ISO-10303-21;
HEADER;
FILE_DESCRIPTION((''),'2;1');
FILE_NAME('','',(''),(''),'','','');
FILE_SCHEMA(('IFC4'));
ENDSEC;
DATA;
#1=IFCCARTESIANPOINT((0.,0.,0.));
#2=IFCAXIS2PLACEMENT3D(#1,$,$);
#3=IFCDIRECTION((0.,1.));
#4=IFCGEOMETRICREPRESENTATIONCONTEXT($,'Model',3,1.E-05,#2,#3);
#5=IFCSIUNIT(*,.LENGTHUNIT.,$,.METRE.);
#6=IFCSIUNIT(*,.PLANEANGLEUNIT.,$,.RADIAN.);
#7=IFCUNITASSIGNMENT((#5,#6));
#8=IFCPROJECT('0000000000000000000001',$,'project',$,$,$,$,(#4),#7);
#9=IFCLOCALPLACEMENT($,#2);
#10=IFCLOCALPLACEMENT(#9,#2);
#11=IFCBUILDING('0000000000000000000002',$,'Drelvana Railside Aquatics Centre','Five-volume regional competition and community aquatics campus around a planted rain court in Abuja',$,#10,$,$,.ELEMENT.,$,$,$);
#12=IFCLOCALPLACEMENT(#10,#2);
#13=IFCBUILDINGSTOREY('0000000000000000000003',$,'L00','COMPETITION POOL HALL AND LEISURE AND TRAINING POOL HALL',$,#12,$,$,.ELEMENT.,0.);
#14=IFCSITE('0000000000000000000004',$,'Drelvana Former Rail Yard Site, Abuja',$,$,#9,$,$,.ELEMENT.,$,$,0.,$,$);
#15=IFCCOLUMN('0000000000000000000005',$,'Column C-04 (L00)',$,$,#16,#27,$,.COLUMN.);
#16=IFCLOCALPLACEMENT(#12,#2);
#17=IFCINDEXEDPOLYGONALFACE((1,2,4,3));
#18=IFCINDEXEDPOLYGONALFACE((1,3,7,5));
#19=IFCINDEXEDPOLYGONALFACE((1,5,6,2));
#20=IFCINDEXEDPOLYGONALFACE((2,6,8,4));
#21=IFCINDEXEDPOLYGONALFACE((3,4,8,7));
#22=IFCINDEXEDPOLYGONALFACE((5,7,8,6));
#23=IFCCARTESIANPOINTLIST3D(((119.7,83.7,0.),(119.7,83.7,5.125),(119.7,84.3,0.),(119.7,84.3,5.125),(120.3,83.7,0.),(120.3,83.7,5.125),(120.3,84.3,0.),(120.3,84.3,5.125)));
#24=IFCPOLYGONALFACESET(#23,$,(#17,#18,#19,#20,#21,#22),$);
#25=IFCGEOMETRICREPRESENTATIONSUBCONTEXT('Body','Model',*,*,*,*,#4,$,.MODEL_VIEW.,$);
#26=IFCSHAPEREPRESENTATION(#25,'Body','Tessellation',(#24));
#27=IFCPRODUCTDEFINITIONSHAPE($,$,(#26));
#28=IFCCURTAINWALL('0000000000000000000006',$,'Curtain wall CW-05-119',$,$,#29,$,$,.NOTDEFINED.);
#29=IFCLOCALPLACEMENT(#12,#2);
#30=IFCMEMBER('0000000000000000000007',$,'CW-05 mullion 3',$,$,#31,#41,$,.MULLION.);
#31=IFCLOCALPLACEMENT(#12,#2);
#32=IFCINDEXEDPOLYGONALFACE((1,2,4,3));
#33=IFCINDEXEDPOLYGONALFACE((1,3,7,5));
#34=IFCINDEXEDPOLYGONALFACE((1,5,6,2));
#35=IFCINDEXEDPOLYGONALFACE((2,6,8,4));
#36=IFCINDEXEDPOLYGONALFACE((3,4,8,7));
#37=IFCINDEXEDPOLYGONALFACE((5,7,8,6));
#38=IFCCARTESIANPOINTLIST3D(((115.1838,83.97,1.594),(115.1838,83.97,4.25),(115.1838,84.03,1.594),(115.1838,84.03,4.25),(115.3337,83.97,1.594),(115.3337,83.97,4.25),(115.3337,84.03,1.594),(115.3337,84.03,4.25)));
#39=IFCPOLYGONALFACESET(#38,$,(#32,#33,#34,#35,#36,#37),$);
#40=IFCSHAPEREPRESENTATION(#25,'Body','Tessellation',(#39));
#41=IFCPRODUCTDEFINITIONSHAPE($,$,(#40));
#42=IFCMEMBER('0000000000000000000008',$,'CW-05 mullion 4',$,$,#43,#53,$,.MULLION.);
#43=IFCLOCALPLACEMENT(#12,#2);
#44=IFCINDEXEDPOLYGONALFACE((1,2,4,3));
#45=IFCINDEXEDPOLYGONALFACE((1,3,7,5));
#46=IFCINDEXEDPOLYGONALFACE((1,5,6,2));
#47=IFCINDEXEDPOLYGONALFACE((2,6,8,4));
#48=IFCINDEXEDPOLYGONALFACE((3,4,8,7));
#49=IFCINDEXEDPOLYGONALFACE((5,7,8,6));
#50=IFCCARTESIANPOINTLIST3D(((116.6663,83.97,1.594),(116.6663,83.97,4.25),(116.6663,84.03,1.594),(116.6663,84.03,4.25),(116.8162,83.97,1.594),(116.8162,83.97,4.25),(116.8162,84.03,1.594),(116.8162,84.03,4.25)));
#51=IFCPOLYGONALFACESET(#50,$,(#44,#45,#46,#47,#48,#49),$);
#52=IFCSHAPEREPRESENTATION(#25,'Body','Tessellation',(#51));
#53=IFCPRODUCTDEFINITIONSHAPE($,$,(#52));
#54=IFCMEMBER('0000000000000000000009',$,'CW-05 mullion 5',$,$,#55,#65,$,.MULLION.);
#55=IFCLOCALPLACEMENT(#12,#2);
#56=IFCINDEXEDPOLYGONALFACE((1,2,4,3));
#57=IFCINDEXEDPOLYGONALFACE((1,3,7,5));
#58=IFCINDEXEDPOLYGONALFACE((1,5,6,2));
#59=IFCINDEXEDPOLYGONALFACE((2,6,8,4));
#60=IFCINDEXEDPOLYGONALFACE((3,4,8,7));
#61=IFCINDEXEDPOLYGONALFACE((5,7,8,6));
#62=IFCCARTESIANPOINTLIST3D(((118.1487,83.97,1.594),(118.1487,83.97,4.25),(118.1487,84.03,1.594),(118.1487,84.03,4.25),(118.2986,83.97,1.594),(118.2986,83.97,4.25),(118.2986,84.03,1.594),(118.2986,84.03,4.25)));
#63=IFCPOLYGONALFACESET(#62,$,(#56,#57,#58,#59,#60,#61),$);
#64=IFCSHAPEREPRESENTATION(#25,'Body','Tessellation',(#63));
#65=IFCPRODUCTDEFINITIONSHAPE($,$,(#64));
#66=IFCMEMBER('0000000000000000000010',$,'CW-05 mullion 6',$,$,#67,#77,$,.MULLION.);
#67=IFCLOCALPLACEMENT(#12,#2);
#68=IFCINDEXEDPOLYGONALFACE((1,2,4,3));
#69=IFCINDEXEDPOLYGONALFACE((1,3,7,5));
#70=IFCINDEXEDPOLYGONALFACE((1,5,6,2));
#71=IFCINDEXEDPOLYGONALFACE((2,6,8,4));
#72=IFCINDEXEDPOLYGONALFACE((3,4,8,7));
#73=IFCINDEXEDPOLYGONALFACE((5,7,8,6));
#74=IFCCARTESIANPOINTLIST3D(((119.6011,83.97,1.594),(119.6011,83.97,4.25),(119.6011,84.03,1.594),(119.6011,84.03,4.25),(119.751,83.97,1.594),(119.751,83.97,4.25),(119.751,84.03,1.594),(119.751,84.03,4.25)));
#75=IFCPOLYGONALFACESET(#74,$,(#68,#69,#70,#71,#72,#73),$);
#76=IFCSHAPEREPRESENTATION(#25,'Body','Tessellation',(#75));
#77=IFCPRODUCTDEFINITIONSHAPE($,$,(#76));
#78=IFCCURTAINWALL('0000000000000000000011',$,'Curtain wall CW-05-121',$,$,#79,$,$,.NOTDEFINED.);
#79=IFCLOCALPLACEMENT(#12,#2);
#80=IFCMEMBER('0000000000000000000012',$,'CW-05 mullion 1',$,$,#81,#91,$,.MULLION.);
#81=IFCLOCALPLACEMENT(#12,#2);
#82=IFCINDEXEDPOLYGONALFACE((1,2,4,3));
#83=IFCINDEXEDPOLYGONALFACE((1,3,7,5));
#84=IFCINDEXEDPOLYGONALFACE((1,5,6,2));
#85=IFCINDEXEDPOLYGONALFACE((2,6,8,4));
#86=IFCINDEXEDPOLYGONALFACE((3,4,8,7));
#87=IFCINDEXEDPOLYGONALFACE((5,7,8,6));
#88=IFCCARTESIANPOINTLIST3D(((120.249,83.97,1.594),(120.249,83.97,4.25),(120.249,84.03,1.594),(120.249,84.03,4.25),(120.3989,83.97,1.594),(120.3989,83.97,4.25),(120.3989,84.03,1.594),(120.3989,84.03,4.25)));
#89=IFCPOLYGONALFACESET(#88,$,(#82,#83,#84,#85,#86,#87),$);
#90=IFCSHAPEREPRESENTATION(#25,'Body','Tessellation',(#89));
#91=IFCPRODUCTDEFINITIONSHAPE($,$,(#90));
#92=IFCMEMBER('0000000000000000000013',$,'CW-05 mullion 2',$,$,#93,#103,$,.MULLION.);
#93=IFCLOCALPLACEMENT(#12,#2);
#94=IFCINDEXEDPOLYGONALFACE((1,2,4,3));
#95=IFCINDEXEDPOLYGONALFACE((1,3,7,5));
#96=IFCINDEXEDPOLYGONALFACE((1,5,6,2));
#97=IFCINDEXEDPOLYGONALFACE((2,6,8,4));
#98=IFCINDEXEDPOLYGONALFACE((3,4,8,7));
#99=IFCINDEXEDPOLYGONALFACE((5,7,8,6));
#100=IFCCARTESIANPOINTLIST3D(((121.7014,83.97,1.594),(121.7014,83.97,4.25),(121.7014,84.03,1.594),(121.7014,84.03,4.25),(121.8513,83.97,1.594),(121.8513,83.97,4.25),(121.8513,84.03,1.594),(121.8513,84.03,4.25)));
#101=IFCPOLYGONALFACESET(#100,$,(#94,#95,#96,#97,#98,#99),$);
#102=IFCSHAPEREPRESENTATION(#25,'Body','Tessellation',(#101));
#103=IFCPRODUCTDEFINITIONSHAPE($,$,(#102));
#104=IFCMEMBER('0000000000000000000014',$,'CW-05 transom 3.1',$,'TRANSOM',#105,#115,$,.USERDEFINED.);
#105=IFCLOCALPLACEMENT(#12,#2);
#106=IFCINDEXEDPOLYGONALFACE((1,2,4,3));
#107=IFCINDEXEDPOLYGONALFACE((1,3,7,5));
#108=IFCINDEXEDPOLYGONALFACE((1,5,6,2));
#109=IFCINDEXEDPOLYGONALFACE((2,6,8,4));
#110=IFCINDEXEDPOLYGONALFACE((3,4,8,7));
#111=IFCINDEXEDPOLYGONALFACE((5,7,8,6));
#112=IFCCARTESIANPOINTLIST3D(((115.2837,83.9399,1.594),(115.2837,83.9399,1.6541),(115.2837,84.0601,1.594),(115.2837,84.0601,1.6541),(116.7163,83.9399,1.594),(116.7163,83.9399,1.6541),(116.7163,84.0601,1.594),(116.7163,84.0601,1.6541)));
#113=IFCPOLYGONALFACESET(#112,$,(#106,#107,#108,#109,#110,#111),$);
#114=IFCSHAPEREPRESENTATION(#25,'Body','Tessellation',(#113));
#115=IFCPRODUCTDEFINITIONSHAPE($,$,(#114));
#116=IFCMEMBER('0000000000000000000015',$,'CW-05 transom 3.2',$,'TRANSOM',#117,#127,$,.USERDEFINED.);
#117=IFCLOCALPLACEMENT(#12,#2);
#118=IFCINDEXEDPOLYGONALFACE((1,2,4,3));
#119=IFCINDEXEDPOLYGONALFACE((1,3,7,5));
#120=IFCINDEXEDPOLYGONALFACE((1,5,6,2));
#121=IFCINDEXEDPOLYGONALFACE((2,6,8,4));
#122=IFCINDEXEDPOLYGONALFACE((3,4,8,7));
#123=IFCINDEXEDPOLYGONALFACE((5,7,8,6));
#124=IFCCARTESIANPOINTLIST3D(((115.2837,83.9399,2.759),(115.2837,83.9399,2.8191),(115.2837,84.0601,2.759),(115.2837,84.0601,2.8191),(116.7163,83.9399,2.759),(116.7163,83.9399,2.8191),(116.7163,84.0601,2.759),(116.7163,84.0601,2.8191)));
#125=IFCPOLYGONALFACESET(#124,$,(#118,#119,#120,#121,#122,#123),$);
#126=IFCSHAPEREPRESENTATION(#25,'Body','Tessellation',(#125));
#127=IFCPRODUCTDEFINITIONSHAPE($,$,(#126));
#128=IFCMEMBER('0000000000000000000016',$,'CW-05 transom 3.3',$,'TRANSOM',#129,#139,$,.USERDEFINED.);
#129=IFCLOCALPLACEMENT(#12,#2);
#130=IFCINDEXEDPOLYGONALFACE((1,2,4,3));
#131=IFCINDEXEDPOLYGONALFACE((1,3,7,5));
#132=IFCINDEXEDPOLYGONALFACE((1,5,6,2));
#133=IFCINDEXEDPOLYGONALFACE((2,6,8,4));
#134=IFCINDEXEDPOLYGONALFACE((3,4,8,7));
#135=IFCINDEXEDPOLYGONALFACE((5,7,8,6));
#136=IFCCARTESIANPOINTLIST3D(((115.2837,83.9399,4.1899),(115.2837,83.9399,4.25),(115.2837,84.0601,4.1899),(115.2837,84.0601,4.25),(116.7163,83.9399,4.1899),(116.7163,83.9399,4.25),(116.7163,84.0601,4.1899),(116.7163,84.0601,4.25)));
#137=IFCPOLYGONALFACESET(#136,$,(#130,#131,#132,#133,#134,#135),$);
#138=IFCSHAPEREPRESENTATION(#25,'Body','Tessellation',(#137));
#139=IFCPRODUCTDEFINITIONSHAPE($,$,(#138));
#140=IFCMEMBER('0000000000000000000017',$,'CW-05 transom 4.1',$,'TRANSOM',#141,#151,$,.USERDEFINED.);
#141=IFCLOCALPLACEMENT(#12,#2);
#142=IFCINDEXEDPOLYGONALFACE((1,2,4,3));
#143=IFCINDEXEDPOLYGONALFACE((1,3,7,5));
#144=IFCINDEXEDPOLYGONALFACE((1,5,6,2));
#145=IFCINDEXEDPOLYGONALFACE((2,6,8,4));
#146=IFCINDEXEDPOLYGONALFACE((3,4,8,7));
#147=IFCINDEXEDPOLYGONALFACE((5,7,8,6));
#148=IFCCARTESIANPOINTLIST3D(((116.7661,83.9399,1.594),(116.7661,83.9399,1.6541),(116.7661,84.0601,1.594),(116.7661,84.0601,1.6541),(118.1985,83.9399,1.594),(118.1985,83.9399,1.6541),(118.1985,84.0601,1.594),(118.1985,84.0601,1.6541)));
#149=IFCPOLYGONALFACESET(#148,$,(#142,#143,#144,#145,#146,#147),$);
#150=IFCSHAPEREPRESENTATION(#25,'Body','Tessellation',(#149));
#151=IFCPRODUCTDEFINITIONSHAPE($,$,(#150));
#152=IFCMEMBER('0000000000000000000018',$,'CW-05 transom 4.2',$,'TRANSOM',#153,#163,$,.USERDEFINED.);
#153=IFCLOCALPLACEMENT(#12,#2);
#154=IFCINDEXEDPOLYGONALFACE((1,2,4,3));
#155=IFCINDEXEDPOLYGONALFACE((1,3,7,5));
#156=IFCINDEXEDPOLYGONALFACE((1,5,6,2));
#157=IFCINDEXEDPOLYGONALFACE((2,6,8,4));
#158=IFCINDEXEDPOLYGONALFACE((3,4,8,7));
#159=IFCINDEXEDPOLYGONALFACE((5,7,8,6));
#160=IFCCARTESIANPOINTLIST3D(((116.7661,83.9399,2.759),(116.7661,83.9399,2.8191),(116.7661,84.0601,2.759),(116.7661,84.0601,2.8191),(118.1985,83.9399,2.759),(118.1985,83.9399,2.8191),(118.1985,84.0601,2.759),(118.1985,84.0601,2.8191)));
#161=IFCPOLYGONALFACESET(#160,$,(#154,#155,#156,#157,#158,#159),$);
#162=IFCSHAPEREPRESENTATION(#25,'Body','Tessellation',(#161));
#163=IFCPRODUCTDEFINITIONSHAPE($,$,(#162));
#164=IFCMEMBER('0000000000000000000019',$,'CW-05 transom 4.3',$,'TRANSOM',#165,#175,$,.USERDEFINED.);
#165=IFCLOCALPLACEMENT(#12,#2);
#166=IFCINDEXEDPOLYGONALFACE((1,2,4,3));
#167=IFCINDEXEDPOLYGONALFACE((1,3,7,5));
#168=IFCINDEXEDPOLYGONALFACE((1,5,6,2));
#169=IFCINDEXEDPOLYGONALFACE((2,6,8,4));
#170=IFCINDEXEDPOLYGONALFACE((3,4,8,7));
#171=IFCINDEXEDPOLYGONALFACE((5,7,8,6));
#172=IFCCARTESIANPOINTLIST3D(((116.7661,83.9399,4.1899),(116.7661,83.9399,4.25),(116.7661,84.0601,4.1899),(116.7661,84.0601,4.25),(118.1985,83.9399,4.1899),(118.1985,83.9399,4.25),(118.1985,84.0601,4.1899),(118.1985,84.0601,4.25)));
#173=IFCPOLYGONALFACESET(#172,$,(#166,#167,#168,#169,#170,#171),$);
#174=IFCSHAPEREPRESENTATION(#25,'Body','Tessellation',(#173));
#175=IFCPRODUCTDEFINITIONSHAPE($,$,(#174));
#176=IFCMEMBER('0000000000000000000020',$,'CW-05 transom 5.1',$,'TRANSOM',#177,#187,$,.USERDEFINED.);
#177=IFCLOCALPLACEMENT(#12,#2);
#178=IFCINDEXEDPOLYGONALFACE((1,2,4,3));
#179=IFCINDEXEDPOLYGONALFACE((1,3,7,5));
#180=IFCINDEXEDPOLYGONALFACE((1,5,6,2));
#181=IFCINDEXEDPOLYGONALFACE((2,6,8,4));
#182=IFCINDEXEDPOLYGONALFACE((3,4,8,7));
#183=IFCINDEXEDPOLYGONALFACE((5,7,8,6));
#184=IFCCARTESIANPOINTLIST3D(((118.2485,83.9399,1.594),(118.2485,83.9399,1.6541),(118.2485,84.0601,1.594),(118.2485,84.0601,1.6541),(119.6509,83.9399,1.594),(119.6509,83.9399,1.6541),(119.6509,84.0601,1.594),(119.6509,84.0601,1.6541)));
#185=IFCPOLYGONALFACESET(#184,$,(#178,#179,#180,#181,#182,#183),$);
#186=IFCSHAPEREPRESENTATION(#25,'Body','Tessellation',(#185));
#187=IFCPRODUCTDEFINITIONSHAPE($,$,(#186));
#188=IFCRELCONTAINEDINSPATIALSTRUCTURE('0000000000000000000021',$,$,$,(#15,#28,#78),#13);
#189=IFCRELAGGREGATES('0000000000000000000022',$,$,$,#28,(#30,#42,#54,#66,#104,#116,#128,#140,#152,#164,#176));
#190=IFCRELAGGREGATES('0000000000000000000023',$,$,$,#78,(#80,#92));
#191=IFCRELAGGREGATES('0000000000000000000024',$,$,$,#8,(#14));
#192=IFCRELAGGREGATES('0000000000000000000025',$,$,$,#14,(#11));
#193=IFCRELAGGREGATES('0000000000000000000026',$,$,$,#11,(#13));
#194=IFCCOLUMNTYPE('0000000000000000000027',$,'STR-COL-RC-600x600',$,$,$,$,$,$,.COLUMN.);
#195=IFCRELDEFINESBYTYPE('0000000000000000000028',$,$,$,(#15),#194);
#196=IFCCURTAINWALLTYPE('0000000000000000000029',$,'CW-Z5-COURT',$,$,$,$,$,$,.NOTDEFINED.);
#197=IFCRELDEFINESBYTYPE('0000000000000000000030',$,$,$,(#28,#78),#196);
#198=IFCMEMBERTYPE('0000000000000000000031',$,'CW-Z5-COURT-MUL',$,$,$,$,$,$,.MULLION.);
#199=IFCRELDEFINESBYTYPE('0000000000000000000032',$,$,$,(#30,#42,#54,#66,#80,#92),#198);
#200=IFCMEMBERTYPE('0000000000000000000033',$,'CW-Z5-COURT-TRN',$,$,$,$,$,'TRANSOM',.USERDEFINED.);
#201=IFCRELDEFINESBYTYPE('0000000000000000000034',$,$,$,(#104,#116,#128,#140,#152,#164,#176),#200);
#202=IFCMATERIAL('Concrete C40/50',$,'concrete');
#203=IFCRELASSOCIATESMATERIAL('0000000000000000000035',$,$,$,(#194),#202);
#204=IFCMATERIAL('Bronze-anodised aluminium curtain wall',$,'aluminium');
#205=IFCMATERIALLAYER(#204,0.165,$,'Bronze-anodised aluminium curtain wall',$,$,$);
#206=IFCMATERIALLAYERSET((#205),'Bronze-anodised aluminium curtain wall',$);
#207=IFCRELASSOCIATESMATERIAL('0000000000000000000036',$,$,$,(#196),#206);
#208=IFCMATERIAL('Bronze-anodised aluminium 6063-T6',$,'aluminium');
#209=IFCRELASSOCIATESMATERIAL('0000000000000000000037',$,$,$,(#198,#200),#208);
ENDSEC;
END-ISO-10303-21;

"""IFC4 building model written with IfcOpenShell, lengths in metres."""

from ifc_helpers import new_model, si_unit, direction, frame, origin, origin_2d, place, context, subcontext, project, spatial, rectangle, extrude, material, layer, layer_set, material_profile, profile_set, type_object, element, aggregate, save


model = new_model("IFC4")

# Units and contexts
model_context = context("Model", 3, precision=1e-05, world=origin(), true_north=direction((0.0, 1.0)))
body_context = subcontext(model_context, "Body", "Model", "MODEL_VIEW")
ifc_project = project(units=[si_unit("LENGTHUNIT", "METRE"), si_unit("PLANEANGLEUNIT", "RADIAN")], contexts=[model_context])

# Site, building, storey
site_placement = place(None, origin())
site = spatial("IfcSite", under=ifc_project, at=site_placement, Name="Drelvana Former Rail Yard Site, Abuja", CompositionType="ELEMENT", RefElevation=0.0)
building_placement = place(site_placement, origin())
building = spatial("IfcBuilding", under=site, at=building_placement, Name="Drelvana Railside Aquatics Centre", Description="Five-volume regional competition and community aquatics campus around a planted rain court in Abuja", CompositionType="ELEMENT")
storey_placement = place(building_placement, origin())
storey = spatial("IfcBuildingStorey", under=building, at=storey_placement, Name="L00", Description="COMPETITION POOL HALL AND LEISURE AND TRAINING POOL HALL", CompositionType="ELEMENT", Elevation=0.0)

# Column
ifc_material_1 = material(Name="Concrete C40/50", Category="concrete")
ifc_material_profile_1 = material_profile(ifc_material_1, rectangle(XDim=0.6001, YDim=0.6001, at=origin_2d()), Name="RC 600x600")
ifc_profile_set_1 = profile_set([ifc_material_profile_1], Name="Concrete C40/50")
column_type = type_object("IfcColumnType", Name="STR-COL-RC-600x600", PredefinedType="COLUMN", material=ifc_profile_set_1)
column_placement = place(storey_placement, frame((120.0, 84.0, 0.0), z_axis=(0.0, 0.0, 1.0), x_axis=(1.0, 0.0, 0.0)))
element("IfcColumn", 1, at=column_placement, inside=storey, type_object=column_type, Name="Column C-04 (L00)", PredefinedType="COLUMN", context=body_context, shape_type="SweptSolid", body=[
    extrude(rectangle(XDim=0.6001, YDim=0.6001, at=origin_2d()), origin(), (0.0, 0.0, 1.0), 5.125),
])

# Curtain walls, members
ifc_material_2 = material(Name="Bronze-anodised aluminium curtain wall", Category="aluminium")
ifc_layer_1 = layer(ifc_material_2, 0.165, Name="Bronze-anodised aluminium curtain wall")
ifc_layer_set_1 = layer_set([ifc_layer_1], Name="Bronze-anodised aluminium curtain wall")
curtain_wall_type = type_object("IfcCurtainWallType", Name="CW-Z5-COURT", PredefinedType="NOTDEFINED", material=ifc_layer_set_1)
curtain_wall_1_placement = place(storey_placement, origin())
curtain_wall_1 = element("IfcCurtainWall", 2, at=curtain_wall_1_placement, inside=storey, type_object=curtain_wall_type, Name="Curtain wall CW-05-119", PredefinedType="NOTDEFINED")
ifc_material_3 = material(Name="Bronze-anodised aluminium 6063-T6", Category="aluminium")
ifc_material_profile_2 = material_profile(ifc_material_3, rectangle(XDim=0.0601, YDim=0.1499, at=origin_2d()), Name="ALU-M 60x150")
ifc_profile_set_2 = profile_set([ifc_material_profile_2], Name="Bronze-anodised aluminium 6063-T6")
member_type_1 = type_object("IfcMemberType", Name="CW-Z5-COURT-MUL", PredefinedType="MULLION", material=ifc_profile_set_2)
member_1_placement = place(storey_placement, frame((115.2588, 84.0, 1.594), z_axis=(0.0, 0.0, 1.0), x_axis=(0.0, 1.0, 0.0)))
member_1 = element("IfcMember", 3, at=member_1_placement, type_object=member_type_1, Name="CW-05 mullion 3", PredefinedType="MULLION", context=body_context, shape_type="SweptSolid", body=[
    extrude(rectangle(XDim=0.0601, YDim=0.1499, at=origin_2d()), origin(), (0.0, 0.0, 1.0), 2.656),
])
member_2_placement = place(storey_placement, frame((116.7412, 84.0, 1.594), z_axis=(0.0, 0.0, 1.0), x_axis=(0.0, 1.0, 0.0)))
member_2 = element("IfcMember", 4, at=member_2_placement, type_object=member_type_1, Name="CW-05 mullion 4", PredefinedType="MULLION", context=body_context, shape_type="SweptSolid", body=[
    extrude(rectangle(XDim=0.0601, YDim=0.1499, at=origin_2d()), origin(), (0.0, 0.0, 1.0), 2.656),
])
member_3_placement = place(storey_placement, frame((118.2236, 84.0, 1.594), z_axis=(0.0, 0.0, 1.0), x_axis=(0.0, 1.0, 0.0)))
member_3 = element("IfcMember", 5, at=member_3_placement, type_object=member_type_1, Name="CW-05 mullion 5", PredefinedType="MULLION", context=body_context, shape_type="SweptSolid", body=[
    extrude(rectangle(XDim=0.0601, YDim=0.1499, at=origin_2d()), origin(), (0.0, 0.0, 1.0), 2.656),
])
member_4_placement = place(storey_placement, frame((119.676, 84.0, 1.594), z_axis=(0.0, 0.0, 1.0), x_axis=(0.0, 1.0, 0.0)))
member_4 = element("IfcMember", 6, at=member_4_placement, type_object=member_type_1, Name="CW-05 mullion 6", PredefinedType="MULLION", context=body_context, shape_type="SweptSolid", body=[
    extrude(rectangle(XDim=0.0601, YDim=0.1499, at=origin_2d()), origin(), (0.0, 0.0, 1.0), 2.656),
])
curtain_wall_2_placement = place(storey_placement, origin())
curtain_wall_2 = element("IfcCurtainWall", 7, at=curtain_wall_2_placement, inside=storey, type_object=curtain_wall_type, Name="Curtain wall CW-05-121", PredefinedType="NOTDEFINED")
member_5_placement = place(storey_placement, frame((120.324, 84.0, 1.594), z_axis=(0.0, 0.0, 1.0), x_axis=(0.0, 1.0, 0.0)))
member_5 = element("IfcMember", 8, at=member_5_placement, type_object=member_type_1, Name="CW-05 mullion 1", PredefinedType="MULLION", context=body_context, shape_type="SweptSolid", body=[
    extrude(rectangle(XDim=0.0601, YDim=0.1499, at=origin_2d()), origin(), (0.0, 0.0, 1.0), 2.656),
])
member_6_placement = place(storey_placement, frame((121.7764, 84.0, 1.594), z_axis=(0.0, 0.0, 1.0), x_axis=(0.0, 1.0, 0.0)))
member_6 = element("IfcMember", 9, at=member_6_placement, type_object=member_type_1, Name="CW-05 mullion 2", PredefinedType="MULLION", context=body_context, shape_type="SweptSolid", body=[
    extrude(rectangle(XDim=0.0601, YDim=0.1499, at=origin_2d()), origin(), (0.0, 0.0, 1.0), 2.656),
])

# Members
ifc_material_profile_3 = material_profile(ifc_material_3, rectangle(XDim=0.1201, YDim=0.0601, at=origin_2d()), Name="ALU-T 60x120")
ifc_profile_set_3 = profile_set([ifc_material_profile_3], Name="Bronze-anodised aluminium 6063-T6")
member_type_2 = type_object("IfcMemberType", Name="CW-Z5-COURT-TRN", ElementType="TRANSOM", PredefinedType="USERDEFINED", material=ifc_profile_set_3)
member_7_placement = place(storey_placement, frame((115.2837, 84.0, 1.624), z_axis=(1.0, 0.0, 0.0), x_axis=(0.0, 1.0, 0.0)))
member_7 = element("IfcMember", 10, at=member_7_placement, type_object=member_type_2, Name="CW-05 transom 3.1", ObjectType="TRANSOM", PredefinedType="USERDEFINED", context=body_context, shape_type="SweptSolid", body=[
    extrude(rectangle(XDim=0.1201, YDim=0.0601, at=origin_2d()), origin(), (0.0, 0.0, 1.0), 1.4326),
])
member_8_placement = place(storey_placement, frame((115.2837, 84.0, 2.7891), z_axis=(1.0, 0.0, 0.0), x_axis=(0.0, 1.0, 0.0)))
member_8 = element("IfcMember", 11, at=member_8_placement, type_object=member_type_2, Name="CW-05 transom 3.2", ObjectType="TRANSOM", PredefinedType="USERDEFINED", context=body_context, shape_type="SweptSolid", body=[
    extrude(rectangle(XDim=0.1201, YDim=0.0601, at=origin_2d()), origin(), (0.0, 0.0, 1.0), 1.4326),
])
member_9_placement = place(storey_placement, frame((115.2837, 84.0, 4.22), z_axis=(1.0, 0.0, 0.0), x_axis=(0.0, 1.0, 0.0)))
member_9 = element("IfcMember", 12, at=member_9_placement, type_object=member_type_2, Name="CW-05 transom 3.3", ObjectType="TRANSOM", PredefinedType="USERDEFINED", context=body_context, shape_type="SweptSolid", body=[
    extrude(rectangle(XDim=0.1201, YDim=0.0601, at=origin_2d()), origin(), (0.0, 0.0, 1.0), 1.4326),
])
member_10_placement = place(storey_placement, frame((116.7661, 84.0, 1.624), z_axis=(1.0, 0.0, 0.0), x_axis=(0.0, 1.0, 0.0)))
member_10 = element("IfcMember", 13, at=member_10_placement, type_object=member_type_2, Name="CW-05 transom 4.1", ObjectType="TRANSOM", PredefinedType="USERDEFINED", context=body_context, shape_type="SweptSolid", body=[
    extrude(rectangle(XDim=0.1201, YDim=0.0601, at=origin_2d()), origin(), (0.0, 0.0, 1.0), 1.4324),
])
member_11_placement = place(storey_placement, frame((116.7661, 84.0, 2.7891), z_axis=(1.0, 0.0, 0.0), x_axis=(0.0, 1.0, 0.0)))
member_11 = element("IfcMember", 14, at=member_11_placement, type_object=member_type_2, Name="CW-05 transom 4.2", ObjectType="TRANSOM", PredefinedType="USERDEFINED", context=body_context, shape_type="SweptSolid", body=[
    extrude(rectangle(XDim=0.1201, YDim=0.0601, at=origin_2d()), origin(), (0.0, 0.0, 1.0), 1.4324),
])
member_12_placement = place(storey_placement, frame((116.7661, 84.0, 4.22), z_axis=(1.0, 0.0, 0.0), x_axis=(0.0, 1.0, 0.0)))
member_12 = element("IfcMember", 15, at=member_12_placement, type_object=member_type_2, Name="CW-05 transom 4.3", ObjectType="TRANSOM", PredefinedType="USERDEFINED", context=body_context, shape_type="SweptSolid", body=[
    extrude(rectangle(XDim=0.1201, YDim=0.0601, at=origin_2d()), origin(), (0.0, 0.0, 1.0), 1.4324),
])
member_13_placement = place(storey_placement, frame((118.2485, 84.0, 1.624), z_axis=(1.0, 0.0, 0.0), x_axis=(0.0, 1.0, 0.0)))
member_13 = element("IfcMember", 16, at=member_13_placement, type_object=member_type_2, Name="CW-05 transom 5.1", ObjectType="TRANSOM", PredefinedType="USERDEFINED", context=body_context, shape_type="SweptSolid", body=[
    extrude(rectangle(XDim=0.1201, YDim=0.0601, at=origin_2d()), origin(), (0.0, 0.0, 1.0), 1.4023),
])

aggregate(curtain_wall_1, [member_1, member_2, member_3, member_4, member_7, member_8, member_9, member_10, member_11, member_12, member_13])
aggregate(curtain_wall_2, [member_5, member_6])

save(model, "model.ifc")
